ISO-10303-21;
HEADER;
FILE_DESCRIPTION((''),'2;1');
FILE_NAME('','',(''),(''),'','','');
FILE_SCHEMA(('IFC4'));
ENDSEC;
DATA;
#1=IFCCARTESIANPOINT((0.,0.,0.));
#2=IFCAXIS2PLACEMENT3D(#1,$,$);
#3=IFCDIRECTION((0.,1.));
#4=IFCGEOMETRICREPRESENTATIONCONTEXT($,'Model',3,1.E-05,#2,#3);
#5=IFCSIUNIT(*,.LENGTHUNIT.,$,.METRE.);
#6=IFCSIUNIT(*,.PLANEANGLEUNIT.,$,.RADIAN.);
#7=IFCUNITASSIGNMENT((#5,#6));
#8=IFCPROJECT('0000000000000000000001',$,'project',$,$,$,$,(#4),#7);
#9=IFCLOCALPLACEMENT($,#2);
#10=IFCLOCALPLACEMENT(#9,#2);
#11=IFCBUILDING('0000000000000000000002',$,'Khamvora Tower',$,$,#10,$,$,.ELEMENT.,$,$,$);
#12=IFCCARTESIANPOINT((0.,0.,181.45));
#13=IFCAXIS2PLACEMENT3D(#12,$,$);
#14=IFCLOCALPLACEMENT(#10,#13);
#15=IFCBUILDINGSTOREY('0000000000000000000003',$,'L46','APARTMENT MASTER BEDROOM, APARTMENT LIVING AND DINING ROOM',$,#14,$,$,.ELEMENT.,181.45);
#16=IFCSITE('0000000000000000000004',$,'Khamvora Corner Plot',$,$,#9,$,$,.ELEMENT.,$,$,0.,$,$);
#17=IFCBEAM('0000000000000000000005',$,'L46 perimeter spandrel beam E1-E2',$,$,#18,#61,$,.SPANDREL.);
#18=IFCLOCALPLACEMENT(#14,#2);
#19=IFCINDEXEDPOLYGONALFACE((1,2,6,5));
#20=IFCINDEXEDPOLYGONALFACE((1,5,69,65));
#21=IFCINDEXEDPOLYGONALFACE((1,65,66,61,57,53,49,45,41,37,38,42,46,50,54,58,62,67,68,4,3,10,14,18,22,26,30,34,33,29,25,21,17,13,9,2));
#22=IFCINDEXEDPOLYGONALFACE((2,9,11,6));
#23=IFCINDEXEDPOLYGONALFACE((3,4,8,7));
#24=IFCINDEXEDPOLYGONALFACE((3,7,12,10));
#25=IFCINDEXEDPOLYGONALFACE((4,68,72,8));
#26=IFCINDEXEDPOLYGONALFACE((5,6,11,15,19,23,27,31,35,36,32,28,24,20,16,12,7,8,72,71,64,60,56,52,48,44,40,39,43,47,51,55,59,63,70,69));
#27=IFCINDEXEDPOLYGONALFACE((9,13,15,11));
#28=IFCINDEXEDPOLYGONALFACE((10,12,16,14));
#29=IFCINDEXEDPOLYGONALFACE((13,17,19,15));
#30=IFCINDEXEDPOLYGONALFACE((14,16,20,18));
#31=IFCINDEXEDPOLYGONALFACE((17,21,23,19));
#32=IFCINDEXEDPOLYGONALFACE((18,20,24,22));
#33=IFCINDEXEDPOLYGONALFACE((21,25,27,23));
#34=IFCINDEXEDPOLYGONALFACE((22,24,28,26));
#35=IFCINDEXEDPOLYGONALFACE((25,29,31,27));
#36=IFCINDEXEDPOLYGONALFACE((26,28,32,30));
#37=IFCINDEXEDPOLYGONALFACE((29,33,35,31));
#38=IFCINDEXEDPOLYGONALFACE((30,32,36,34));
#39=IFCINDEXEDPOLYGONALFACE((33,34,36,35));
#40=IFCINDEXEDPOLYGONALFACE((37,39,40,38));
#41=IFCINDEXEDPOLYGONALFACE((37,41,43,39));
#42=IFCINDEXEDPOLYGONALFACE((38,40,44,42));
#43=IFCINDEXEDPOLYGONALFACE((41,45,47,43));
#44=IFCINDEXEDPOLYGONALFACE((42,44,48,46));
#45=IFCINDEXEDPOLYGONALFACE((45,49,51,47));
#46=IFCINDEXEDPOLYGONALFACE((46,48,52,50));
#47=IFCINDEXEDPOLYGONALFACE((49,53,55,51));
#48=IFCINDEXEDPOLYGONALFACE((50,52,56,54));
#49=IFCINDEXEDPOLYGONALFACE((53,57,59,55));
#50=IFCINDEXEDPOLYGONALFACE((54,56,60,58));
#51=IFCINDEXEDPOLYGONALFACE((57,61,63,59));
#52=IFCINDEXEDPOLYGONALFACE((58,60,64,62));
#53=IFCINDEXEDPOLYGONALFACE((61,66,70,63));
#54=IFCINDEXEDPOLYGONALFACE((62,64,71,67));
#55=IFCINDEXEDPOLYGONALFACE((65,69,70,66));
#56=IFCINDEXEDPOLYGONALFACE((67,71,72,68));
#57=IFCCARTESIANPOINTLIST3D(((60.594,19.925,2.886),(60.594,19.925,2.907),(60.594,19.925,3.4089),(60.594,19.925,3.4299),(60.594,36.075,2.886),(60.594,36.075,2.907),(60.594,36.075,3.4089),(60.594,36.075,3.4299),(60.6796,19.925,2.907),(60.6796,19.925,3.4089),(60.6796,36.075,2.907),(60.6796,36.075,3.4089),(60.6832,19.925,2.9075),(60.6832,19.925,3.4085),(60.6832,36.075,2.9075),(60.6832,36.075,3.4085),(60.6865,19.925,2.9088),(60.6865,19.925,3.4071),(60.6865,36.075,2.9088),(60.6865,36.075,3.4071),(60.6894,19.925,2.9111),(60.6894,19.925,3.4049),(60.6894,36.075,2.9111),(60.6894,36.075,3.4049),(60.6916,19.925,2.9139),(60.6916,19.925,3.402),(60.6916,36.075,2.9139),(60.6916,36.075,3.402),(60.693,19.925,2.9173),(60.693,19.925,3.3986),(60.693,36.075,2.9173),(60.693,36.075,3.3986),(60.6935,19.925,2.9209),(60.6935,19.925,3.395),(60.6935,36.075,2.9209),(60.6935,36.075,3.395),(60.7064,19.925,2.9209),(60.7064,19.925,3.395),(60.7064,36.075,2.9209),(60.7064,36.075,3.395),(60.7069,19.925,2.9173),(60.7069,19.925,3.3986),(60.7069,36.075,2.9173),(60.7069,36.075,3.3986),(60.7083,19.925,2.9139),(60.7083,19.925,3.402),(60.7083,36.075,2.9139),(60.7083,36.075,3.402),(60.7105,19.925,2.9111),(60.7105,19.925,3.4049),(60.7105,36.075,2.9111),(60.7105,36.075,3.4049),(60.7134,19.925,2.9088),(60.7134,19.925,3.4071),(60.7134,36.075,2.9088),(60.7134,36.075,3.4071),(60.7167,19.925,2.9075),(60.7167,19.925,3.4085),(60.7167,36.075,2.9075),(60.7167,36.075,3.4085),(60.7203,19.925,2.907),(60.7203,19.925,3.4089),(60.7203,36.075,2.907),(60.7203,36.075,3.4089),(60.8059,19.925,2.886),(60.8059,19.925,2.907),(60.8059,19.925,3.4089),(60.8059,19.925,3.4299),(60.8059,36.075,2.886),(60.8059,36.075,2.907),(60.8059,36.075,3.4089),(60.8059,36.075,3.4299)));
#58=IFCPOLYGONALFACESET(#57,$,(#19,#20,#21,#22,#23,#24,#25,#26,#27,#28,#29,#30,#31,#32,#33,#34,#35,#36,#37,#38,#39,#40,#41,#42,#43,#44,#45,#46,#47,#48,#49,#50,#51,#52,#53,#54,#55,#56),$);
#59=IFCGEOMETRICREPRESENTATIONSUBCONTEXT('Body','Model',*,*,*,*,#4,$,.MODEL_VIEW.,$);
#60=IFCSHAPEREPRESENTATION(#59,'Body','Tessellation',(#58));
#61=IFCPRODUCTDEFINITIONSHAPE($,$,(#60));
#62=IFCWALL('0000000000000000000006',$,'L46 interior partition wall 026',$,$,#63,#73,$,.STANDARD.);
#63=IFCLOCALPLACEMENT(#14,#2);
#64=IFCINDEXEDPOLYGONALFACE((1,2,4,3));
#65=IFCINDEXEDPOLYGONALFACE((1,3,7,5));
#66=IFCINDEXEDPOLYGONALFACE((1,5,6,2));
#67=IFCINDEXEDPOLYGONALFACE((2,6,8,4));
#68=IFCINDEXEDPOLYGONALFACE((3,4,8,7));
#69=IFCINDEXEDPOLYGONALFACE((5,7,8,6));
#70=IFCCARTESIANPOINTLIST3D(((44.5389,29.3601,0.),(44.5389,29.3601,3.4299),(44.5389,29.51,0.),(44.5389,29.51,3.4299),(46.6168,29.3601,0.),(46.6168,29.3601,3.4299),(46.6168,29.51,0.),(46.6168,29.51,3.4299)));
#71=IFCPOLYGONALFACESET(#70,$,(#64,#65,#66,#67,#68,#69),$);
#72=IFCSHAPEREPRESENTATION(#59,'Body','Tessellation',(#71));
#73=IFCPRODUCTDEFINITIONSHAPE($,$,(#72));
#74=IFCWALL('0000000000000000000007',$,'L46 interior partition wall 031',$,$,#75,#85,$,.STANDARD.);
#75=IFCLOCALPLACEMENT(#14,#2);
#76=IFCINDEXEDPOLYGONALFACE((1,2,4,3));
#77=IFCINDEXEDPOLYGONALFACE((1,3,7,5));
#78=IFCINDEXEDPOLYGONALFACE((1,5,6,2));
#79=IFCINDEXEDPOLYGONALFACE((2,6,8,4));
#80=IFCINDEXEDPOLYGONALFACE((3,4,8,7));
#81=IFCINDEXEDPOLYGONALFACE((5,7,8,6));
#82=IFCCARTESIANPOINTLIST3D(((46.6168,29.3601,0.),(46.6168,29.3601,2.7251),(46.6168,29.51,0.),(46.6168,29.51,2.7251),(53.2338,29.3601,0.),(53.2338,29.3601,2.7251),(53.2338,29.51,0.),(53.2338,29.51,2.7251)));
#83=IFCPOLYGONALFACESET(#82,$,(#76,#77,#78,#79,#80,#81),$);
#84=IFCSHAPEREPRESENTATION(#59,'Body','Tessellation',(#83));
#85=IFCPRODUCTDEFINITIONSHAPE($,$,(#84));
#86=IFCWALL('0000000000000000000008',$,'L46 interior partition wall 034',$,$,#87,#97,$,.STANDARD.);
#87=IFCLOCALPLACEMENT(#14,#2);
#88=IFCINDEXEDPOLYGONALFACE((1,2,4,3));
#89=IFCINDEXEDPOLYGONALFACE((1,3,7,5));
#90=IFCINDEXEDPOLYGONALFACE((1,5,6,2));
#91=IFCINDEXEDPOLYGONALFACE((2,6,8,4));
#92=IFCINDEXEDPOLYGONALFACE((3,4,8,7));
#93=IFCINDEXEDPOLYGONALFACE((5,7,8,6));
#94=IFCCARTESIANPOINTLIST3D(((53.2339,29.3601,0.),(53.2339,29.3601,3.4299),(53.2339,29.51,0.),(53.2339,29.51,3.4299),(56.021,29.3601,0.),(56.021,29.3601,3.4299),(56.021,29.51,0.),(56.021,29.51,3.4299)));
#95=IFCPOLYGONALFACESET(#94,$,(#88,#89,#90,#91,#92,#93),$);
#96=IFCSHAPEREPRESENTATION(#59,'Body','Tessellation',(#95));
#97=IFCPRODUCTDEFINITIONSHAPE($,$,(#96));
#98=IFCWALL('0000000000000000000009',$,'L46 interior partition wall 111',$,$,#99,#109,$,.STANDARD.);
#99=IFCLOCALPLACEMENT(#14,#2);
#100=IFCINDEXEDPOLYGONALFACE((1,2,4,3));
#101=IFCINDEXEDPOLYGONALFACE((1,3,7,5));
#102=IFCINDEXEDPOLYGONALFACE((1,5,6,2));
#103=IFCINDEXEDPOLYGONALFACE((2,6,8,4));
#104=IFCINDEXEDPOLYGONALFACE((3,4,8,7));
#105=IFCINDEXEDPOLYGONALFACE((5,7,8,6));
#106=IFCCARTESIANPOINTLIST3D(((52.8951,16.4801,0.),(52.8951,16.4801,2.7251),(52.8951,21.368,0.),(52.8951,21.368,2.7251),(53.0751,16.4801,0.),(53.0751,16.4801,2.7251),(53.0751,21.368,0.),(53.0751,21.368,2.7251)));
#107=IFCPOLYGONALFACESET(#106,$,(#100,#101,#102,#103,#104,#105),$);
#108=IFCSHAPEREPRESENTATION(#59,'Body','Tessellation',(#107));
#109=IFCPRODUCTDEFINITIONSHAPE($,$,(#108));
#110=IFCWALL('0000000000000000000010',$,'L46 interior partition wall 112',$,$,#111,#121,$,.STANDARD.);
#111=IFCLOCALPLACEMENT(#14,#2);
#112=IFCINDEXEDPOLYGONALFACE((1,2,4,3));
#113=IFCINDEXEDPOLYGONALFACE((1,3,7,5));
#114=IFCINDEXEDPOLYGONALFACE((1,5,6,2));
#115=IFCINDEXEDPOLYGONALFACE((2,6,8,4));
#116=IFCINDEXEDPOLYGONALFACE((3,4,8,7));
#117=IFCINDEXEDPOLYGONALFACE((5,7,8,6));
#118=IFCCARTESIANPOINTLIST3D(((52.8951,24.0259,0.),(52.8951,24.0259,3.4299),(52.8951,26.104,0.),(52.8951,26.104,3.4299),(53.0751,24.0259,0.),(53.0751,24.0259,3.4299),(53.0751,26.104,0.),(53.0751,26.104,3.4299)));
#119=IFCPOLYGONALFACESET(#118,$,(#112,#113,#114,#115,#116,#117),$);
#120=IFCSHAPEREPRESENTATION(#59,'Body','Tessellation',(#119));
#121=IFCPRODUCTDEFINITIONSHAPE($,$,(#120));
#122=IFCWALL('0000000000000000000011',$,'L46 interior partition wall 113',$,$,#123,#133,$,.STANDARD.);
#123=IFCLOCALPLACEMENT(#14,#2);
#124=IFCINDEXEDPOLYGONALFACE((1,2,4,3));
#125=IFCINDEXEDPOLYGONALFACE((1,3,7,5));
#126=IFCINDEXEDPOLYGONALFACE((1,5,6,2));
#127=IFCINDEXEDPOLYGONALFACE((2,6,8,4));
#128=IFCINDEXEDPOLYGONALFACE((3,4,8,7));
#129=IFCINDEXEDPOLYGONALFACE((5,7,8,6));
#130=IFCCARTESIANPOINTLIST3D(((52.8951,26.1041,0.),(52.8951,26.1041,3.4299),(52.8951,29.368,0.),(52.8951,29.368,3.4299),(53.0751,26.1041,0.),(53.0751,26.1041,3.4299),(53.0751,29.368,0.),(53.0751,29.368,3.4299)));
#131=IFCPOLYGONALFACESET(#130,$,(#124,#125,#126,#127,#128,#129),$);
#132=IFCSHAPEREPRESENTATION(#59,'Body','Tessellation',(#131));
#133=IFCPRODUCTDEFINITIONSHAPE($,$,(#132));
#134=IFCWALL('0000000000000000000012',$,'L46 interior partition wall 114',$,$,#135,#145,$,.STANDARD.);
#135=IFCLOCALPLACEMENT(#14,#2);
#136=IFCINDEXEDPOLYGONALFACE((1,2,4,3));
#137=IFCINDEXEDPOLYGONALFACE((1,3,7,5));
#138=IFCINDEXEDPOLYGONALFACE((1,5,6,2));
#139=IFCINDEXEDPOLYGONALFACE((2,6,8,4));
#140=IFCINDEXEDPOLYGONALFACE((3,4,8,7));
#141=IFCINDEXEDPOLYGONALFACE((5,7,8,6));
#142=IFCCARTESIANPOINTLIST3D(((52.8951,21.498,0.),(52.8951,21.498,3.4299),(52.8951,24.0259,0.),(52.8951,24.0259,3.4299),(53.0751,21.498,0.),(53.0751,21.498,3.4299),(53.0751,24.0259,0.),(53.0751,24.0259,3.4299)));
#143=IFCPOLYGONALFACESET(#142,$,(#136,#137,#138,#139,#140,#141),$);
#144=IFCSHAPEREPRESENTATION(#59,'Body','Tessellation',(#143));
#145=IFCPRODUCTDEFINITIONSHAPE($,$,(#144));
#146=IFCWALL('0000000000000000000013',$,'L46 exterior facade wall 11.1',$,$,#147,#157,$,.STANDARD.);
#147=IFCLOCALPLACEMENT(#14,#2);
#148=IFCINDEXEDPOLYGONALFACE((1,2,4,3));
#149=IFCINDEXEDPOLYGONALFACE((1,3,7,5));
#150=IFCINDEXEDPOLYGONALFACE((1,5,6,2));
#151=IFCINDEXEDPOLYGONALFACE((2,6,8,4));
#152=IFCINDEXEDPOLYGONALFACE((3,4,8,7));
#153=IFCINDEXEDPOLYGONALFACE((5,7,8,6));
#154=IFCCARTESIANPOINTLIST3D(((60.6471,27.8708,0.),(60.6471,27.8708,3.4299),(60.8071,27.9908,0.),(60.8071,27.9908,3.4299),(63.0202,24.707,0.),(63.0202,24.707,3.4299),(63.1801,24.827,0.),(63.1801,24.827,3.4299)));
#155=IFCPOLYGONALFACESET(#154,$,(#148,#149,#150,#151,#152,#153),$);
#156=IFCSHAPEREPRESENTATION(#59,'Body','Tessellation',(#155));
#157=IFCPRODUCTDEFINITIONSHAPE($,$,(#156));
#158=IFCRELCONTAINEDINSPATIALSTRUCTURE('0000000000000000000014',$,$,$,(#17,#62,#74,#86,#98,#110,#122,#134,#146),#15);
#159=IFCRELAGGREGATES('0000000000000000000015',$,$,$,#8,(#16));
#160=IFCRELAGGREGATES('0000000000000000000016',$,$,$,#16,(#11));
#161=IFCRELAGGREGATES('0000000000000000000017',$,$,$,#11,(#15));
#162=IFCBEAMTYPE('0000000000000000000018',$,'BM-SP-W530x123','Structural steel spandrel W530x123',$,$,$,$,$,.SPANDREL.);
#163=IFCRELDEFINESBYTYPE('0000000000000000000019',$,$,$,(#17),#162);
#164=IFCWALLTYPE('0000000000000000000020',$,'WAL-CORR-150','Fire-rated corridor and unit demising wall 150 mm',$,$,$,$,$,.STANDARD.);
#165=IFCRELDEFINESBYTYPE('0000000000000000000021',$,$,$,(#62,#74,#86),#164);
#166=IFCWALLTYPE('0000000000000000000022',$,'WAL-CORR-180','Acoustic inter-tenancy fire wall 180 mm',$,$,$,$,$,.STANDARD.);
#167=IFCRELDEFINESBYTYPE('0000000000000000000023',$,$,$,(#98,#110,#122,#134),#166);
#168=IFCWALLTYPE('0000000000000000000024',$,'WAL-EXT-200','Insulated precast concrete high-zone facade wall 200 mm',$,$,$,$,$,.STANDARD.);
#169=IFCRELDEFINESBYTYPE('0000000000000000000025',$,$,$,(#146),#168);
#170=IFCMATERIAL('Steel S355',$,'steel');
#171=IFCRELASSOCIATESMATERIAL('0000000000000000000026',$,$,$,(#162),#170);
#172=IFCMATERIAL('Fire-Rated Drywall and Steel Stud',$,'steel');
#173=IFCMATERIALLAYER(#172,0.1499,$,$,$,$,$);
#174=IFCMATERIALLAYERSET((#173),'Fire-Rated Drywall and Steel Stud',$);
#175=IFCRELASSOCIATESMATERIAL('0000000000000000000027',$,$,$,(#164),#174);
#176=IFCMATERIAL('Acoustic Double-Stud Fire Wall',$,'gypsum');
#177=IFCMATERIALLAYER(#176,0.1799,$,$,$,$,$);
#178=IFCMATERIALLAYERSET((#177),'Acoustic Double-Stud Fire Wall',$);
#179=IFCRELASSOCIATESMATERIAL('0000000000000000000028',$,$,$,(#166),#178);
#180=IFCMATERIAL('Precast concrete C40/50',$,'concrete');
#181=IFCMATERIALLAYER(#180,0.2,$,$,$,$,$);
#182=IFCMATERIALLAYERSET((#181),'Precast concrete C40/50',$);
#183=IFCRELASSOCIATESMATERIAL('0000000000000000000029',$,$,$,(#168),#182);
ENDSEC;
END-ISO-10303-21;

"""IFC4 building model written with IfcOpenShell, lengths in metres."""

from ifc_helpers import new_model, si_unit, direction, frame, frame_2d, origin, origin_2d, place, context, subcontext, project, spatial, rectangle, i_section, extrude, material, layer, layer_set, material_profile, profile_set, type_object, element, save


model = new_model("IFC4")

# Units and contexts
model_context = context("Model", 3, precision=1e-05, world=origin(), true_north=direction((0.0, 1.0)))
body_context = subcontext(model_context, "Body", "Model", "MODEL_VIEW")
ifc_project = project(units=[si_unit("LENGTHUNIT", "METRE"), si_unit("PLANEANGLEUNIT", "RADIAN")], contexts=[model_context])

# Site, building, storey
site_placement = place(None, origin())
site = spatial("IfcSite", under=ifc_project, at=site_placement, Name="Khamvora Corner Plot", CompositionType="ELEMENT", RefElevation=0.0)
building_placement = place(site_placement, origin())
building = spatial("IfcBuilding", under=site, at=building_placement, Name="Khamvora Tower", CompositionType="ELEMENT")
storey_placement = place(building_placement, frame((0.0, 0.0, 181.45)))
storey = spatial("IfcBuildingStorey", under=building, at=storey_placement, Name="L46", Description="APARTMENT MASTER BEDROOM, APARTMENT LIVING AND DINING ROOM", CompositionType="ELEMENT", Elevation=181.45)

# Beam
ifc_material_1 = material(Name="Steel S355", Category="steel")
ifc_material_profile = material_profile(ifc_material_1, i_section(OverallWidth=0.2119, OverallDepth=0.5439, WebThickness=0.0129, FlangeThickness=0.021, FilletRadius=0.0139, at=origin_2d()), Name="W530x123")
ifc_profile_set = profile_set([ifc_material_profile], Name="Steel S355")
beam_type = type_object("IfcBeamType", Name="BM-SP-W530x123", Description="Structural steel spandrel W530x123", PredefinedType="SPANDREL", material=ifc_profile_set)
beam_placement = place(storey_placement, frame((60.7, 19.925, 3.158), z_axis=(0.0, 1.0, 0.0), x_axis=(-1.0, 0.0, 0.0)))
element("IfcBeam", 1, at=beam_placement, inside=storey, type_object=beam_type, Name="L46 perimeter spandrel beam E1-E2", PredefinedType="SPANDREL", context=body_context, shape_type="SweptSolid", body=[
    extrude(i_section(OverallWidth=0.2119, OverallDepth=0.5439, WebThickness=0.0129, FlangeThickness=0.021, FilletRadius=0.0139, at=origin_2d()), origin(), (0.0, 0.0, 1.0), 16.1499),
])

# Walls
ifc_material_2 = material(Name="Fire-Rated Drywall and Steel Stud", Category="steel")
ifc_layer_1 = layer(ifc_material_2, 0.1499)
ifc_layer_set_1 = layer_set([ifc_layer_1], Name="Fire-Rated Drywall and Steel Stud")
wall_type_1 = type_object("IfcWallType", Name="WAL-CORR-150", Description="Fire-rated corridor and unit demising wall 150 mm", PredefinedType="STANDARD", material=ifc_layer_set_1)
wall_1_placement = place(storey_placement, frame((46.6169, 29.4351, 0.0), z_axis=(0.0, 0.0, 1.0), x_axis=(-1.0, 0.0, 0.0)))
element("IfcWall", 2, at=wall_1_placement, inside=storey, type_object=wall_type_1, Name="L46 interior partition wall 026", PredefinedType="STANDARD", context=body_context, shape_type="SweptSolid", body=[
    extrude(rectangle(XDim=2.0779, YDim=0.1499, at=frame_2d((1.0391, 0.0))), origin(), (0.0, 0.0, 1.0), 3.4299),
])
wall_2_placement = place(storey_placement, frame((53.2339, 29.4351, 0.0), z_axis=(0.0, 0.0, 1.0), x_axis=(-1.0, 0.0, 0.0)))
element("IfcWall", 3, at=wall_2_placement, inside=storey, type_object=wall_type_1, Name="L46 interior partition wall 031", PredefinedType="STANDARD", context=body_context, shape_type="SweptSolid", body=[
    extrude(rectangle(XDim=6.6169, YDim=0.1499, at=frame_2d((3.3086, 0.0))), origin(), (0.0, 0.0, 1.0), 2.7251),
])
wall_3_placement = place(storey_placement, frame((56.021, 29.4351, 0.0), z_axis=(0.0, 0.0, 1.0), x_axis=(-1.0, 0.0, 0.0)))
element("IfcWall", 4, at=wall_3_placement, inside=storey, type_object=wall_type_1, Name="L46 interior partition wall 034", PredefinedType="STANDARD", context=body_context, shape_type="SweptSolid", body=[
    extrude(rectangle(XDim=2.7871, YDim=0.1499, at=frame_2d((1.3936, 0.0))), origin(), (0.0, 0.0, 1.0), 3.4299),
])
ifc_material_3 = material(Name="Acoustic Double-Stud Fire Wall", Category="gypsum")
ifc_layer_2 = layer(ifc_material_3, 0.1799)
ifc_layer_set_2 = layer_set([ifc_layer_2], Name="Acoustic Double-Stud Fire Wall")
wall_type_2 = type_object("IfcWallType", Name="WAL-CORR-180", Description="Acoustic inter-tenancy fire wall 180 mm", PredefinedType="STANDARD", material=ifc_layer_set_2)
wall_4_placement = place(storey_placement, frame((52.9851, 21.3679, 0.0), z_axis=(0.0, 0.0, 1.0), x_axis=(0.0, -1.0, 0.0)))
element("IfcWall", 5, at=wall_4_placement, inside=storey, type_object=wall_type_2, Name="L46 interior partition wall 111", PredefinedType="STANDARD", context=body_context, shape_type="SweptSolid", body=[
    extrude(rectangle(XDim=4.8879, YDim=0.1799, at=frame_2d((2.4438, 0.0))), origin(), (0.0, 0.0, 1.0), 2.7251),
])
wall_5_placement = place(storey_placement, frame((52.9851, 26.104, 0.0), z_axis=(0.0, 0.0, 1.0), x_axis=(0.0, -1.0, 0.0)))
element("IfcWall", 6, at=wall_5_placement, inside=storey, type_object=wall_type_2, Name="L46 interior partition wall 112", PredefinedType="STANDARD", context=body_context, shape_type="SweptSolid", body=[
    extrude(rectangle(XDim=2.0781, YDim=0.1799, at=frame_2d((1.0391, 0.0))), origin(), (0.0, 0.0, 1.0), 3.4299),
])
wall_6_placement = place(storey_placement, frame((52.9851, 29.3679, 0.0), z_axis=(0.0, 0.0, 1.0), x_axis=(0.0, -1.0, 0.0)))
element("IfcWall", 7, at=wall_6_placement, inside=storey, type_object=wall_type_2, Name="L46 interior partition wall 113", PredefinedType="STANDARD", context=body_context, shape_type="SweptSolid", body=[
    extrude(rectangle(XDim=3.2639, YDim=0.1799, at=frame_2d((1.6318, 0.0))), origin(), (0.0, 0.0, 1.0), 3.4299),
])
wall_7_placement = place(storey_placement, frame((52.9851, 24.0259, 0.0), z_axis=(0.0, 0.0, 1.0), x_axis=(0.0, -1.0, 0.0)))
element("IfcWall", 8, at=wall_7_placement, inside=storey, type_object=wall_type_2, Name="L46 interior partition wall 114", PredefinedType="STANDARD", context=body_context, shape_type="SweptSolid", body=[
    extrude(rectangle(XDim=2.5278, YDim=0.1799, at=frame_2d((1.2639, 0.0))), origin(), (0.0, 0.0, 1.0), 3.4299),
])
ifc_material_4 = material(Name="Precast concrete C40/50", Category="concrete")
ifc_layer_3 = layer(ifc_material_4, 0.2)
ifc_layer_set_3 = layer_set([ifc_layer_3], Name="Precast concrete C40/50")
wall_type_3 = type_object("IfcWallType", Name="WAL-EXT-200", Description="Insulated precast concrete high-zone facade wall 200 mm", PredefinedType="STANDARD", material=ifc_layer_set_3)
wall_8_placement = place(storey_placement, frame((60.7271, 27.9309, 0.0), z_axis=(0.0, 0.0, 1.0), x_axis=(0.60003, -0.799978, 0.0)))
element("IfcWall", 9, at=wall_8_placement, inside=storey, type_object=wall_type_3, Name="L46 exterior facade wall 11.1", PredefinedType="STANDARD", context=body_context, shape_type="SweptSolid", body=[
    extrude(rectangle(XDim=3.9548, YDim=0.2, at=frame_2d((1.9775, 0.0))), origin(), (0.0, 0.0, 1.0), 3.4299),
])

save(model, "model.ifc")
